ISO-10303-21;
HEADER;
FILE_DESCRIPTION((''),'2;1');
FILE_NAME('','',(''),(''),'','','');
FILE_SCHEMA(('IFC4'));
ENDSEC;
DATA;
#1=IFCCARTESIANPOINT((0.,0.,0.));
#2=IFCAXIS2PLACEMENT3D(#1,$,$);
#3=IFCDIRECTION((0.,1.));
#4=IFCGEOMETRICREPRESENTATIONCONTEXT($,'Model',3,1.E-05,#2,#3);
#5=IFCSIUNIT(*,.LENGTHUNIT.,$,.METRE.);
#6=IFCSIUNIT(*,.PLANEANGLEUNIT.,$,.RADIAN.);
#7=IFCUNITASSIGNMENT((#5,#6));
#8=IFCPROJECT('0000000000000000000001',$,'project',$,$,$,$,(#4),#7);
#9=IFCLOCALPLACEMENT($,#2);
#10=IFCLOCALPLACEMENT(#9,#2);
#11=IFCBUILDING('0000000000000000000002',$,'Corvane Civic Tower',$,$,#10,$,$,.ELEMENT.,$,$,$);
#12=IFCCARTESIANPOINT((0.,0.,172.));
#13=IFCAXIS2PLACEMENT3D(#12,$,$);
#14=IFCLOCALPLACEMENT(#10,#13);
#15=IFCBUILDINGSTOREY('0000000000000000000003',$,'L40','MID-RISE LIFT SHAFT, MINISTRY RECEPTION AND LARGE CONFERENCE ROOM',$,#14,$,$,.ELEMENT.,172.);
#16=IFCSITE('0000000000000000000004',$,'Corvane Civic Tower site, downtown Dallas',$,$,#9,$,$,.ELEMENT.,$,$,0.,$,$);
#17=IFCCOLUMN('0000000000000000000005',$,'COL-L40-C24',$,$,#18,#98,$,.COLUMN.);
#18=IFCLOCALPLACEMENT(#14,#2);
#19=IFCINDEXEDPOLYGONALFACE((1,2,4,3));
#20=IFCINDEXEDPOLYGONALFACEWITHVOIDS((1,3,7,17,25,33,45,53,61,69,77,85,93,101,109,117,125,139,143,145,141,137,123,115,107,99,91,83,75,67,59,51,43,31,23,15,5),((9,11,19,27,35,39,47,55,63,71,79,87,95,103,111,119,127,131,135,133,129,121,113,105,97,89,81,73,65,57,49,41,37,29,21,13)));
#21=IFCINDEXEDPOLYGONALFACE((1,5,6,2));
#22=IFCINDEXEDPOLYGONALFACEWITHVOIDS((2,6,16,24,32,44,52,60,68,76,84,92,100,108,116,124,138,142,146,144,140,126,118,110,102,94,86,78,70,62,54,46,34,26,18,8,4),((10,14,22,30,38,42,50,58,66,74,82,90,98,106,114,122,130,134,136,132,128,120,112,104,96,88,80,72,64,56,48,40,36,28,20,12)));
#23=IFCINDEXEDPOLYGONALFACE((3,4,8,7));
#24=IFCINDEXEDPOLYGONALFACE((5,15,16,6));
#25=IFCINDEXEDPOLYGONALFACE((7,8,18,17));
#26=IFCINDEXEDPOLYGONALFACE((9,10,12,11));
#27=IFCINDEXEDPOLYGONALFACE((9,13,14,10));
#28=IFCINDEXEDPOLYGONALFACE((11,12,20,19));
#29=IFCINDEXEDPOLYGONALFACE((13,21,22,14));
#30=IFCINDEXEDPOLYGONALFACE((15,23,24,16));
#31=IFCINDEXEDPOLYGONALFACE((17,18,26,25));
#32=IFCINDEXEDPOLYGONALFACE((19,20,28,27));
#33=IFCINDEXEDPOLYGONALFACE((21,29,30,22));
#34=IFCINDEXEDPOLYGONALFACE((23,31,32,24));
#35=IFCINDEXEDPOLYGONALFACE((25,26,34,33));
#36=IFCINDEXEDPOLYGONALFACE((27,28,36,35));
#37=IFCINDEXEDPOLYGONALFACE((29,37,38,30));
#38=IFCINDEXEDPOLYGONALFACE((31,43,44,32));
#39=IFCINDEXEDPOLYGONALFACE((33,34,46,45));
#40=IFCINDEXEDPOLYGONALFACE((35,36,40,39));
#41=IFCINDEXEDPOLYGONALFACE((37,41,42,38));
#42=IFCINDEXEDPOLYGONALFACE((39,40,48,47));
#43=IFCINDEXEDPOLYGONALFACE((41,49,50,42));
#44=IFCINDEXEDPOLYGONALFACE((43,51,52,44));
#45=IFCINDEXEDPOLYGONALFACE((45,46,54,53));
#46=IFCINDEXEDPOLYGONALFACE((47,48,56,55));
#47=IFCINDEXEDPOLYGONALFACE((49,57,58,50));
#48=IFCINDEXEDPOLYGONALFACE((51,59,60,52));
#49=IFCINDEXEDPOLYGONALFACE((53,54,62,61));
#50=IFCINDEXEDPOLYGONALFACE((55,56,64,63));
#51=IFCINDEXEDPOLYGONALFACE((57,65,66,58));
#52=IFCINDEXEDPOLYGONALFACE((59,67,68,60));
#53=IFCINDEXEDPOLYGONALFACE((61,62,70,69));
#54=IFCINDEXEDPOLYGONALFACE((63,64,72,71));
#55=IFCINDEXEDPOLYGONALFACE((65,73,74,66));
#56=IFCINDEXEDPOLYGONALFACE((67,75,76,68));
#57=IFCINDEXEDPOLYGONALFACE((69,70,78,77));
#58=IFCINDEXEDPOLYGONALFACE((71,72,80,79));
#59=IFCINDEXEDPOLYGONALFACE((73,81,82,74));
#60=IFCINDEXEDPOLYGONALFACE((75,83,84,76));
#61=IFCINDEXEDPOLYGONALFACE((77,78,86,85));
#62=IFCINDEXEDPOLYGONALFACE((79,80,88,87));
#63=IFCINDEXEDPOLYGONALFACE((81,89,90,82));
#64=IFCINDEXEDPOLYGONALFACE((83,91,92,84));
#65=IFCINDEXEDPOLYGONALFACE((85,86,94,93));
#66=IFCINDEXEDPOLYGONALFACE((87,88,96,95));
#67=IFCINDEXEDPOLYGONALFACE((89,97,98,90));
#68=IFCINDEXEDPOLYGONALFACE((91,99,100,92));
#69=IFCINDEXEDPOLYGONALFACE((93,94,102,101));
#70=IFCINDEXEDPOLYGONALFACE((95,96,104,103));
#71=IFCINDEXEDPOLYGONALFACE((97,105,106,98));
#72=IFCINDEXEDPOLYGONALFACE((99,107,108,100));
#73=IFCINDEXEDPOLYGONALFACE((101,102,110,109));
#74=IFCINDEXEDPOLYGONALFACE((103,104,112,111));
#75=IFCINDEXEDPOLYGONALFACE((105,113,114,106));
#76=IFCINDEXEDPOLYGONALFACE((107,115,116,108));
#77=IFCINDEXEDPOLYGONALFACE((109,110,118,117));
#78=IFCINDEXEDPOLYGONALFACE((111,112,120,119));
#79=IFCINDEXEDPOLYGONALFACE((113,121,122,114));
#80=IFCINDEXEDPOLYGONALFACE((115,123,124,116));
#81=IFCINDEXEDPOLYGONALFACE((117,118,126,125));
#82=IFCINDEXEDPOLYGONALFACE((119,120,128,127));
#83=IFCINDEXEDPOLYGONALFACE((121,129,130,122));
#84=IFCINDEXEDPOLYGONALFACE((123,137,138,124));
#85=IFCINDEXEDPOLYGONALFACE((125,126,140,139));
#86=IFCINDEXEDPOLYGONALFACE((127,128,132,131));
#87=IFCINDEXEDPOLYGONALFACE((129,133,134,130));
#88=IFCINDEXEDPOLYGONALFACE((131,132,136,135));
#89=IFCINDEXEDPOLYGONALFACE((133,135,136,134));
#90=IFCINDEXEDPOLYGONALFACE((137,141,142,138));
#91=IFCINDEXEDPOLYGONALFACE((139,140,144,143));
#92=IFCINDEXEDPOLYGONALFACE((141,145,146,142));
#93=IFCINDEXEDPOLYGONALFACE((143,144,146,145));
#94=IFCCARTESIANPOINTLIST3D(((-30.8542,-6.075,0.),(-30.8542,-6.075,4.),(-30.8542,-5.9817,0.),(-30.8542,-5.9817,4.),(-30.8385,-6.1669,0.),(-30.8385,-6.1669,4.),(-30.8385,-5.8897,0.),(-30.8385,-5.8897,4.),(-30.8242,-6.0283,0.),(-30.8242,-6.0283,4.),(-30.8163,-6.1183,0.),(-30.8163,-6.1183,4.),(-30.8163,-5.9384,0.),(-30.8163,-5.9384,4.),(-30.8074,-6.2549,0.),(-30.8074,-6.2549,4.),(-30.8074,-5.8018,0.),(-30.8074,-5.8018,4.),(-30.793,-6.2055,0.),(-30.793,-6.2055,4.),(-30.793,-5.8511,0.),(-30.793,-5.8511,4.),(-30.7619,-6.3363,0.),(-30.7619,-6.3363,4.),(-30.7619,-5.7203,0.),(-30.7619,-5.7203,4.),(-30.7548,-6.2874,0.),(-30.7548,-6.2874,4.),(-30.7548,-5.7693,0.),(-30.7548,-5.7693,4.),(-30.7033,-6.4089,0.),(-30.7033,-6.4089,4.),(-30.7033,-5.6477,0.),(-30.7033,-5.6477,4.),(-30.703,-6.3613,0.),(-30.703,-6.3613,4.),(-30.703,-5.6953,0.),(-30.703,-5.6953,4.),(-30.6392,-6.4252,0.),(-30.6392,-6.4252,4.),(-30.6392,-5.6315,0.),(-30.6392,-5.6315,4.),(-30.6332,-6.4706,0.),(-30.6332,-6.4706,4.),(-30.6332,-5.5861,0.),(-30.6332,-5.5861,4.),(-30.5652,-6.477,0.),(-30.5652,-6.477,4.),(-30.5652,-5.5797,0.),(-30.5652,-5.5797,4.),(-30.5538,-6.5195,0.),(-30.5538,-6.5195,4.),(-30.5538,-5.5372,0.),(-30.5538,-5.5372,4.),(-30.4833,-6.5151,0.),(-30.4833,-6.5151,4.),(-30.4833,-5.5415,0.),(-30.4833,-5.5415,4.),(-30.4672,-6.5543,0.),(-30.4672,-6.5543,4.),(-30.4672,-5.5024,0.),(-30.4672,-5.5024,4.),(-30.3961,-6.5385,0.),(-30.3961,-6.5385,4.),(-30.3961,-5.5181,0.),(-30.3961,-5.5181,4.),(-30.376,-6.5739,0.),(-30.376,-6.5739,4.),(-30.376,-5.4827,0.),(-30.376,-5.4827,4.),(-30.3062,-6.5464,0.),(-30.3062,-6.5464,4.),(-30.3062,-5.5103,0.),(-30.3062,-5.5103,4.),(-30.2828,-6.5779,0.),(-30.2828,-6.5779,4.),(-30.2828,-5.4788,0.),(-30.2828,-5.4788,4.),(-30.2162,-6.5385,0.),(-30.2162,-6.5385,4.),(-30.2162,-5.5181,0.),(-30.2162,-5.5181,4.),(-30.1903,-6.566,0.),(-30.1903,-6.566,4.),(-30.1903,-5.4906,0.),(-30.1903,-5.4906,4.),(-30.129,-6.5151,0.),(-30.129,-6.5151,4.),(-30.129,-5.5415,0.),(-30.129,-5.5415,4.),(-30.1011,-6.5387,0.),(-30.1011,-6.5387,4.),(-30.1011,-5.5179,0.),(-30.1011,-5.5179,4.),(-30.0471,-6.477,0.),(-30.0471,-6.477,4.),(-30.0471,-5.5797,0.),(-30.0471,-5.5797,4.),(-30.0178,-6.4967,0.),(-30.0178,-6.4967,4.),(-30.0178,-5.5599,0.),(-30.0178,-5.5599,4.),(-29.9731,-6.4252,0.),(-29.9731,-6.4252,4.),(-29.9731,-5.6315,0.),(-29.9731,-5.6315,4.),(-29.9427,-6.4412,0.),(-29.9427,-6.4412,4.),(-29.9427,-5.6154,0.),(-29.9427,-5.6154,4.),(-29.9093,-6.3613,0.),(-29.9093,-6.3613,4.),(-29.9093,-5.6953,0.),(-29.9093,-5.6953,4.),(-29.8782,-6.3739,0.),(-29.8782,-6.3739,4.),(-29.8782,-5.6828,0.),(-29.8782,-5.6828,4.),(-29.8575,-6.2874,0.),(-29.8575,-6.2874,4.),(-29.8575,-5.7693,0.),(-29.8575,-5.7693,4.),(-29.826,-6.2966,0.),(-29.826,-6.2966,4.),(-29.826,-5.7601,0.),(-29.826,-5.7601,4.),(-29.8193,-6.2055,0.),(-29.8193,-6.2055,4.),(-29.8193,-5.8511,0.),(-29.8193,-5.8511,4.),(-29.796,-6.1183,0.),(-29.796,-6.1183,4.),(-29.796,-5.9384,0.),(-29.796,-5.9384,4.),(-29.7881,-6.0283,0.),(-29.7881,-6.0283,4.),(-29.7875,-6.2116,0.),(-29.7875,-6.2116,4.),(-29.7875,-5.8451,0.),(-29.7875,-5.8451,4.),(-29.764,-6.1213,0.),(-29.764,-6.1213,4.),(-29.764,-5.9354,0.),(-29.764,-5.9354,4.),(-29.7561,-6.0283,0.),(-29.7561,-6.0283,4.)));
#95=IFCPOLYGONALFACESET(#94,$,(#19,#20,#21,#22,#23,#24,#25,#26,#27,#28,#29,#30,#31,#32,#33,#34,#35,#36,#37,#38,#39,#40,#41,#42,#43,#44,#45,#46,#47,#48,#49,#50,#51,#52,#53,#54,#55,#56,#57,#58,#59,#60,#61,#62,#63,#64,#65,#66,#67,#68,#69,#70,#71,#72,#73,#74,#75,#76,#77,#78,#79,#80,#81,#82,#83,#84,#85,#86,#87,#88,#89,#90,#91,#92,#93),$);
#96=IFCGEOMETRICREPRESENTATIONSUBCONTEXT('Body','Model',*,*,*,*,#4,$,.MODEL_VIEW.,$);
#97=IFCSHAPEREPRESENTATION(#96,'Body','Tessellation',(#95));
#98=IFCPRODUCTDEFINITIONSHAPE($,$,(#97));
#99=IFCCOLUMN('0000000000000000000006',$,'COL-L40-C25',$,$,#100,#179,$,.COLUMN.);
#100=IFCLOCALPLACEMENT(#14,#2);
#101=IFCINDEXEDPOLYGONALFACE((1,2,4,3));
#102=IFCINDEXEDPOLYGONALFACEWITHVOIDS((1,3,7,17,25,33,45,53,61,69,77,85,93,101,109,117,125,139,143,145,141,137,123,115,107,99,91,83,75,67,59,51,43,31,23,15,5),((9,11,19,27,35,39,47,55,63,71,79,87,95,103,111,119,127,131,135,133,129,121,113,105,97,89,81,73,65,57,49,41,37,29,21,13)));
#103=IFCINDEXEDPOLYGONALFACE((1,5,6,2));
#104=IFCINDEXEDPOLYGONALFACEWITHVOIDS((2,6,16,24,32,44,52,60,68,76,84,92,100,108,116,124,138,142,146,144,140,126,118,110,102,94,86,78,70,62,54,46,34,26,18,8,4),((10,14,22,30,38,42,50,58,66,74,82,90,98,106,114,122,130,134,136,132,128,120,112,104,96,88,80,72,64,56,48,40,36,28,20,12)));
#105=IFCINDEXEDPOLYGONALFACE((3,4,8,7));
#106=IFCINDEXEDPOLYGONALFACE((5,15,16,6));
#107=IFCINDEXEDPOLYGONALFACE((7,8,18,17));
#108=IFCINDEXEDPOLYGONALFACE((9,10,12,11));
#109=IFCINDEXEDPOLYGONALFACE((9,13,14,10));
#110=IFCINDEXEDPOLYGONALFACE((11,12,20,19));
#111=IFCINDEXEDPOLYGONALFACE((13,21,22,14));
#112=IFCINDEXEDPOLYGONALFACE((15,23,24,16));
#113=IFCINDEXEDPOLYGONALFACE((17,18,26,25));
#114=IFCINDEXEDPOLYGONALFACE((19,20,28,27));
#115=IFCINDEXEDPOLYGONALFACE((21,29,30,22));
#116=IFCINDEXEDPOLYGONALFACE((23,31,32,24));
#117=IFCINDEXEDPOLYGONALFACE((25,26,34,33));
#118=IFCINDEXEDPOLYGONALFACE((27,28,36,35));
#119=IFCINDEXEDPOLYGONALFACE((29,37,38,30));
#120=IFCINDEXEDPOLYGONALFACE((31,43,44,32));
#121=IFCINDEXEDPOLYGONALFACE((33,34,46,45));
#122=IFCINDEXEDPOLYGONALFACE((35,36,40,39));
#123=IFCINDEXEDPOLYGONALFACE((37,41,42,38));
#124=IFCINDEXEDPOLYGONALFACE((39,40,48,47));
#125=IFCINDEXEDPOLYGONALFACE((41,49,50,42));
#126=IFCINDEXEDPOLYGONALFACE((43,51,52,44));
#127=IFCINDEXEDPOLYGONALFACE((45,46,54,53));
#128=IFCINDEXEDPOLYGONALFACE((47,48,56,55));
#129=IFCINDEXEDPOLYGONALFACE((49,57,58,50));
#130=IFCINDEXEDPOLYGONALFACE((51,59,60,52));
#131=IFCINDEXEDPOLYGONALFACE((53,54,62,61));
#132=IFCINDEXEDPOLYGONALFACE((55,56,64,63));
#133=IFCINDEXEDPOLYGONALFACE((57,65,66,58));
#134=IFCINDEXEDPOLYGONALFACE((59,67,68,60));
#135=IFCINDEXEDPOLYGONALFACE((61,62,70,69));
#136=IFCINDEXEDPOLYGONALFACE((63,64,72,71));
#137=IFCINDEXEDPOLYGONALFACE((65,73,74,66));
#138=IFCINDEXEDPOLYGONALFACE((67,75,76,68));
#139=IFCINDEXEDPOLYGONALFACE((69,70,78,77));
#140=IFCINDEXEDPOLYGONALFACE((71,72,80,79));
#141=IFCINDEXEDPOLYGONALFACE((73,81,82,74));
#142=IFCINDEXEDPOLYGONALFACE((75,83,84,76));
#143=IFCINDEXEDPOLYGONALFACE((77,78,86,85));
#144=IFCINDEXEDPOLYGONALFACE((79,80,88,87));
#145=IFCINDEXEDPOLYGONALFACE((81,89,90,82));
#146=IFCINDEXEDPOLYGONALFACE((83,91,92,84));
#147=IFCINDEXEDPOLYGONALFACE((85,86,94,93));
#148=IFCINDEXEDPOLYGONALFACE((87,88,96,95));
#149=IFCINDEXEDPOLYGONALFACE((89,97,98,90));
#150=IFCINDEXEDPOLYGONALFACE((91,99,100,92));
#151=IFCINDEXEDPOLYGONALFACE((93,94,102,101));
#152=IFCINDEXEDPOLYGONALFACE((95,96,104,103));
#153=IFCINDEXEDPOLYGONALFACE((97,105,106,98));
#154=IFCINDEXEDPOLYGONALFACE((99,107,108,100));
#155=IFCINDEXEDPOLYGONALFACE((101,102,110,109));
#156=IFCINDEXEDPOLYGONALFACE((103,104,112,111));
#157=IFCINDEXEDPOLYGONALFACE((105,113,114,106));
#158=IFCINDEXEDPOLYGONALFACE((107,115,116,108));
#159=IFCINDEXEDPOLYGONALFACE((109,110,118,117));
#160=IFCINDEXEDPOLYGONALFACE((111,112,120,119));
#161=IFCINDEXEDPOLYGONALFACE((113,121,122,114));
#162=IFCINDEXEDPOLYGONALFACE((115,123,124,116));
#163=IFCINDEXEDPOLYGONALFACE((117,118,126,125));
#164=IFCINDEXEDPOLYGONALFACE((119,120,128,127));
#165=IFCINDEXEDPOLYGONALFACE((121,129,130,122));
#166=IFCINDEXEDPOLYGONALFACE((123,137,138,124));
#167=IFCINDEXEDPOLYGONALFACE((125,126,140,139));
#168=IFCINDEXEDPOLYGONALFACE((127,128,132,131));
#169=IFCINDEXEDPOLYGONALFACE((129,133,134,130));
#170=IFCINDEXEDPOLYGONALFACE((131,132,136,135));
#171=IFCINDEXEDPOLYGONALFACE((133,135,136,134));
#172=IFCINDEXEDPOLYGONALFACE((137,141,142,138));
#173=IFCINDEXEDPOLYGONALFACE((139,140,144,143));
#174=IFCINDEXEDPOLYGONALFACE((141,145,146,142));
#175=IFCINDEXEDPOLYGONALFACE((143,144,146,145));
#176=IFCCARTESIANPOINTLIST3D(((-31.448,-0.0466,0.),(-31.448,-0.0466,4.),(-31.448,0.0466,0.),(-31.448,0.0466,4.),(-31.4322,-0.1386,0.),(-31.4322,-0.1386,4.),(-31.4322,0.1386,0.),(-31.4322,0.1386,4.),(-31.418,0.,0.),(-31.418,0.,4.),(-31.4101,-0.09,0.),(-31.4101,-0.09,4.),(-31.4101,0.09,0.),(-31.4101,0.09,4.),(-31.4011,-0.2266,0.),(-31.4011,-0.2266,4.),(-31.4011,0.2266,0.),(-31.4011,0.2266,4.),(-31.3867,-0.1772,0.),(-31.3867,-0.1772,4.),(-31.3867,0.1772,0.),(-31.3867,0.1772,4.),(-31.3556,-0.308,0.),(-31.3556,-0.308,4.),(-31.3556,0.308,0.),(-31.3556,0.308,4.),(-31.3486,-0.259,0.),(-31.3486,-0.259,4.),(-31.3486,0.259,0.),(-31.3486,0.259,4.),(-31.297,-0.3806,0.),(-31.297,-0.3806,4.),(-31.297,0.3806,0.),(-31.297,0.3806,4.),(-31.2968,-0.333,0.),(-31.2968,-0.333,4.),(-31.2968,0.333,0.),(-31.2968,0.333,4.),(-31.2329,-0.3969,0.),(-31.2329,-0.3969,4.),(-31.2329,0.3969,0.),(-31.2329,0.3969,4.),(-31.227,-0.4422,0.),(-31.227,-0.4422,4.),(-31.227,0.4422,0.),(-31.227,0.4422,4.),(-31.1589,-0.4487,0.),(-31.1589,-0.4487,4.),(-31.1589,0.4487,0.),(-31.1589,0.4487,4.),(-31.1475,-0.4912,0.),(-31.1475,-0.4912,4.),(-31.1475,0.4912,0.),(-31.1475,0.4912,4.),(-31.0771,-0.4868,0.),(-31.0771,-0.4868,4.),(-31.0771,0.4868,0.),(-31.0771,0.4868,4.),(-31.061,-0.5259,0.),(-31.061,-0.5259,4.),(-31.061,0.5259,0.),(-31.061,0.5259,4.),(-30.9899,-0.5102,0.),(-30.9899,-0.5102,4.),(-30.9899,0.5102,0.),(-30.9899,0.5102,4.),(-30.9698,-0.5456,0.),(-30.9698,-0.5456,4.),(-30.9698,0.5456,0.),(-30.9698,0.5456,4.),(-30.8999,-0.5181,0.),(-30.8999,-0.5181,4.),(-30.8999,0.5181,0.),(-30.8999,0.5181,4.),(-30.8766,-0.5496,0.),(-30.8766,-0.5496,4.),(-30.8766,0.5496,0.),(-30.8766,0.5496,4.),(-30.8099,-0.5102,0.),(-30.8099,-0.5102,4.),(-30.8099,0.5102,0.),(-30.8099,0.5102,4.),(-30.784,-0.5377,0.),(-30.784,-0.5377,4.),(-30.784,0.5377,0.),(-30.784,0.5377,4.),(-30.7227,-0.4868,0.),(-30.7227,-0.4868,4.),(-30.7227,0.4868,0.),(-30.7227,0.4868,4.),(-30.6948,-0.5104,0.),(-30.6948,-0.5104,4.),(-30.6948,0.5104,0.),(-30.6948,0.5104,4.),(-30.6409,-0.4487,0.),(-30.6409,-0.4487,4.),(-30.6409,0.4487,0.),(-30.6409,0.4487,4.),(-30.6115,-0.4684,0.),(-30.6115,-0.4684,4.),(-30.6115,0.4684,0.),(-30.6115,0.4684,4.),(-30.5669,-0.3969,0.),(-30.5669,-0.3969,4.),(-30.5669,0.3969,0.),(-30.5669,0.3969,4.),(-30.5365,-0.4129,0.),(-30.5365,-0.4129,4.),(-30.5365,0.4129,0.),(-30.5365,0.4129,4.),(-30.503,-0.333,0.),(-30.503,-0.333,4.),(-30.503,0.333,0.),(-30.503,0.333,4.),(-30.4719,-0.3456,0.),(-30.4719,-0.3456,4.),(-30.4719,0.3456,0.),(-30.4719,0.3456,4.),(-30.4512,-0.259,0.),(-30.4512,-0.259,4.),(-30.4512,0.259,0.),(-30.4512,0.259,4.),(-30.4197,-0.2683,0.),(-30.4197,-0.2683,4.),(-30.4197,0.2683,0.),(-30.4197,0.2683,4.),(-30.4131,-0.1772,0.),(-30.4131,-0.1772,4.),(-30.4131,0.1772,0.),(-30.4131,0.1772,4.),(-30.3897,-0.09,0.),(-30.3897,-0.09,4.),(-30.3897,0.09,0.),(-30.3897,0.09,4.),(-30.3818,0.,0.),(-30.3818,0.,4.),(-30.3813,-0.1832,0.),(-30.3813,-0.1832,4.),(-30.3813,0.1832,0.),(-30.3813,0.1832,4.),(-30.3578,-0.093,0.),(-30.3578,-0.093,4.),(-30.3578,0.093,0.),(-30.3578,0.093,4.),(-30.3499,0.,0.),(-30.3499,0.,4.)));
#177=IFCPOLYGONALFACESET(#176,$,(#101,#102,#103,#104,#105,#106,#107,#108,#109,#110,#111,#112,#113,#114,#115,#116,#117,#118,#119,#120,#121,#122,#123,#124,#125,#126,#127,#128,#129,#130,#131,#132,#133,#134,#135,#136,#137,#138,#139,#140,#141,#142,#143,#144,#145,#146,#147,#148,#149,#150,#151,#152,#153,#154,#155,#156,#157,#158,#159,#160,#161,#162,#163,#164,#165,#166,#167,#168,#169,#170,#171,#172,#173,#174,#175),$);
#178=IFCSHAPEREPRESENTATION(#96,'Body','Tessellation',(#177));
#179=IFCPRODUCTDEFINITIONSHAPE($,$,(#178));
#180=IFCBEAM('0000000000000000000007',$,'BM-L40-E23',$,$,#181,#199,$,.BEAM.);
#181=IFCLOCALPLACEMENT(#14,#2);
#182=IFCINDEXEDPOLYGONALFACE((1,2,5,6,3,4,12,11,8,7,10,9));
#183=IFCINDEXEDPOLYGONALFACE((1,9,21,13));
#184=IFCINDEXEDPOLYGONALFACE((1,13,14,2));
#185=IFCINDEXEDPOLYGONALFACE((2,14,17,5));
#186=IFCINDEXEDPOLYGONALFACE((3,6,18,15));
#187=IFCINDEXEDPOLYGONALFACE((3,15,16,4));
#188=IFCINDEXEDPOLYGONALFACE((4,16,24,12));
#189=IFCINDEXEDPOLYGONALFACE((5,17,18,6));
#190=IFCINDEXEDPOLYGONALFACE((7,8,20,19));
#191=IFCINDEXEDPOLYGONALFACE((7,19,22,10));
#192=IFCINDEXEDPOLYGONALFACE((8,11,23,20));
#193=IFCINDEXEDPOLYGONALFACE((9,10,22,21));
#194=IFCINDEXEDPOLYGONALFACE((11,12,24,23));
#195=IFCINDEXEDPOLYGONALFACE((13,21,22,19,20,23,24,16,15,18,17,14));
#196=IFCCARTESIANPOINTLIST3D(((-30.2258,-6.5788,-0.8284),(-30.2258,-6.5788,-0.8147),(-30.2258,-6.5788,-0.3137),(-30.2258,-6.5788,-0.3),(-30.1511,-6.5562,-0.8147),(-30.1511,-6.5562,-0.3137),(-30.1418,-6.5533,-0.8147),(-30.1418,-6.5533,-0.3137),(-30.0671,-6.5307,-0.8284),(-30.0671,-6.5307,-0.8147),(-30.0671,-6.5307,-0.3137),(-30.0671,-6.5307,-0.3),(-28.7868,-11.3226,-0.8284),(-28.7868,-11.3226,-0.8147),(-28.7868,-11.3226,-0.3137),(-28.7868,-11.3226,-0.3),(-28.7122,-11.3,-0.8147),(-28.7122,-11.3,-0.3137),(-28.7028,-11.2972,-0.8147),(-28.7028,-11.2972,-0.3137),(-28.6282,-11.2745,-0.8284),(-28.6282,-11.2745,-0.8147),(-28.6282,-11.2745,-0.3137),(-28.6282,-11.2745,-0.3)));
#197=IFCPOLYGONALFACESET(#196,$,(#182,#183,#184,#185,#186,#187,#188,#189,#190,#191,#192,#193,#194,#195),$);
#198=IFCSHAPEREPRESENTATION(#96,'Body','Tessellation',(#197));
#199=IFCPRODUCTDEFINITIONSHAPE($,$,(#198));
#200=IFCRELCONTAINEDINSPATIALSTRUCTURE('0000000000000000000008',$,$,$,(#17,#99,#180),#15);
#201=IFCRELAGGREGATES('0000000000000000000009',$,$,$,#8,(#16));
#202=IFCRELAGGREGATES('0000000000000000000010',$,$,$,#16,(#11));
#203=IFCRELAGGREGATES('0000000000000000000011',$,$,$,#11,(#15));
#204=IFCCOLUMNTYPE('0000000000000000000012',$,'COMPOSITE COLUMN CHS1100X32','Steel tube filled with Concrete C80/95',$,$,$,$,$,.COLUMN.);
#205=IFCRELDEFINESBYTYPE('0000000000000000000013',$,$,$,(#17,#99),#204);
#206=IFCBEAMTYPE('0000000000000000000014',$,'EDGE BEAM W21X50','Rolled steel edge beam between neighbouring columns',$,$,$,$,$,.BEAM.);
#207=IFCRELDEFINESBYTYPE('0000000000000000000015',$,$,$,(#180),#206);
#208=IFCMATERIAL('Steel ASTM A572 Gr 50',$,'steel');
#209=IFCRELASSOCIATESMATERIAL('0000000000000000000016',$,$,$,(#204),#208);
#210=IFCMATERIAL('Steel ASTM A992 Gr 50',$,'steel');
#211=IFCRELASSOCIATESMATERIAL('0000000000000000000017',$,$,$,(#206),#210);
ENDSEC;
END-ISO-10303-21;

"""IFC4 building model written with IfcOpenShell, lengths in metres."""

from ifc_helpers import new_model, si_unit, direction, frame, origin, origin_2d, place, context, subcontext, project, spatial, hollow_circle, i_section, extrude, material, material_profile, profile_set, type_object, element, save


model = new_model("IFC4")

# Units and contexts
model_context = context("Model", 3, precision=1e-05, world=origin(), true_north=direction((0.0, 1.0)))
body_context = subcontext(model_context, "Body", "Model", "MODEL_VIEW")
ifc_project = project(units=[si_unit("LENGTHUNIT", "METRE"), si_unit("PLANEANGLEUNIT", "RADIAN")], contexts=[model_context])

# Site, building, storey
site_placement = place(None, origin())
site = spatial("IfcSite", under=ifc_project, at=site_placement, Name="Corvane Civic Tower site, downtown Dallas", CompositionType="ELEMENT", RefElevation=0.0)
building_placement = place(site_placement, origin())
building = spatial("IfcBuilding", under=site, at=building_placement, Name="Corvane Civic Tower", CompositionType="ELEMENT")
storey_placement = place(building_placement, frame((0.0, 0.0, 172.0)))
storey = spatial("IfcBuildingStorey", under=building, at=storey_placement, Name="L40", Description="MID-RISE LIFT SHAFT, MINISTRY RECEPTION AND LARGE CONFERENCE ROOM", CompositionType="ELEMENT", Elevation=172.0)

# Columns
ifc_material_1 = material(Name="Steel ASTM A572 Gr 50", Category="steel")
ifc_material_profile_1 = material_profile(ifc_material_1, hollow_circle(Radius=0.55, WallThickness=0.032, at=origin_2d()), Name="CHS1100X32")
ifc_profile_set_1 = profile_set([ifc_material_profile_1], Name="Steel ASTM A572 Gr 50")
column_type = type_object("IfcColumnType", Name="COMPOSITE COLUMN CHS1100X32", Description="Steel tube filled with Concrete C80/95", PredefinedType="COLUMN", material=ifc_profile_set_1)
for number, where, z_axis, x_axis, name in (
    (1, (-30.3062, -6.0283, 0.0), (0.0, 0.0, 1.0), (1.0, 0.0, 0.0), "COL-L40-C24"),
    (2, (-30.8999, 0.0, 0.0), (0.0, 0.0, 1.0), (1.0, 0.0, 0.0), "COL-L40-C25"),
):
    element("IfcColumn", number, at=place(storey_placement, frame(where, z_axis=z_axis, x_axis=x_axis)), inside=storey, type_object=column_type, Name=name, PredefinedType="COLUMN", context=body_context, shape_type="SweptSolid", body=[
        extrude(hollow_circle(Radius=0.55, WallThickness=0.032, at=origin_2d()), origin(), (0.0, 0.0, 1.0), 4.0),
    ])

# Beam
ifc_material_2 = material(Name="Steel ASTM A992 Gr 50", Category="steel")
ifc_material_profile_2 = material_profile(ifc_material_2, i_section(OverallWidth=0.1658, OverallDepth=0.5283, WebThickness=0.0098, FlangeThickness=0.0137, at=origin_2d()), Name="W21X50")
ifc_profile_set_2 = profile_set([ifc_material_profile_2], Name="Steel ASTM A992 Gr 50")
beam_type_1 = type_object("IfcBeamType", Name="EDGE BEAM W21X50", Description="Rolled steel edge beam between neighbouring columns", PredefinedType="BEAM", material=ifc_profile_set_2)
beam_1_placement = place(storey_placement, frame((-28.7075, -11.2986, -0.5642), z_axis=(-0.29027, 0.956945, 0.0), x_axis=(-0.956945, -0.29027, 0.0)))
element("IfcBeam", 3, at=beam_1_placement, inside=storey, type_object=beam_type_1, Name="BM-L40-E23", PredefinedType="BEAM", context=body_context, shape_type="SweptSolid", body=[
    extrude(i_section(OverallWidth=0.1658, OverallDepth=0.5283, WebThickness=0.0098, FlangeThickness=0.0137, at=origin_2d()), origin(), (0.0, 0.0, 1.0), 4.9573),
])

save(model, "model.ifc")
